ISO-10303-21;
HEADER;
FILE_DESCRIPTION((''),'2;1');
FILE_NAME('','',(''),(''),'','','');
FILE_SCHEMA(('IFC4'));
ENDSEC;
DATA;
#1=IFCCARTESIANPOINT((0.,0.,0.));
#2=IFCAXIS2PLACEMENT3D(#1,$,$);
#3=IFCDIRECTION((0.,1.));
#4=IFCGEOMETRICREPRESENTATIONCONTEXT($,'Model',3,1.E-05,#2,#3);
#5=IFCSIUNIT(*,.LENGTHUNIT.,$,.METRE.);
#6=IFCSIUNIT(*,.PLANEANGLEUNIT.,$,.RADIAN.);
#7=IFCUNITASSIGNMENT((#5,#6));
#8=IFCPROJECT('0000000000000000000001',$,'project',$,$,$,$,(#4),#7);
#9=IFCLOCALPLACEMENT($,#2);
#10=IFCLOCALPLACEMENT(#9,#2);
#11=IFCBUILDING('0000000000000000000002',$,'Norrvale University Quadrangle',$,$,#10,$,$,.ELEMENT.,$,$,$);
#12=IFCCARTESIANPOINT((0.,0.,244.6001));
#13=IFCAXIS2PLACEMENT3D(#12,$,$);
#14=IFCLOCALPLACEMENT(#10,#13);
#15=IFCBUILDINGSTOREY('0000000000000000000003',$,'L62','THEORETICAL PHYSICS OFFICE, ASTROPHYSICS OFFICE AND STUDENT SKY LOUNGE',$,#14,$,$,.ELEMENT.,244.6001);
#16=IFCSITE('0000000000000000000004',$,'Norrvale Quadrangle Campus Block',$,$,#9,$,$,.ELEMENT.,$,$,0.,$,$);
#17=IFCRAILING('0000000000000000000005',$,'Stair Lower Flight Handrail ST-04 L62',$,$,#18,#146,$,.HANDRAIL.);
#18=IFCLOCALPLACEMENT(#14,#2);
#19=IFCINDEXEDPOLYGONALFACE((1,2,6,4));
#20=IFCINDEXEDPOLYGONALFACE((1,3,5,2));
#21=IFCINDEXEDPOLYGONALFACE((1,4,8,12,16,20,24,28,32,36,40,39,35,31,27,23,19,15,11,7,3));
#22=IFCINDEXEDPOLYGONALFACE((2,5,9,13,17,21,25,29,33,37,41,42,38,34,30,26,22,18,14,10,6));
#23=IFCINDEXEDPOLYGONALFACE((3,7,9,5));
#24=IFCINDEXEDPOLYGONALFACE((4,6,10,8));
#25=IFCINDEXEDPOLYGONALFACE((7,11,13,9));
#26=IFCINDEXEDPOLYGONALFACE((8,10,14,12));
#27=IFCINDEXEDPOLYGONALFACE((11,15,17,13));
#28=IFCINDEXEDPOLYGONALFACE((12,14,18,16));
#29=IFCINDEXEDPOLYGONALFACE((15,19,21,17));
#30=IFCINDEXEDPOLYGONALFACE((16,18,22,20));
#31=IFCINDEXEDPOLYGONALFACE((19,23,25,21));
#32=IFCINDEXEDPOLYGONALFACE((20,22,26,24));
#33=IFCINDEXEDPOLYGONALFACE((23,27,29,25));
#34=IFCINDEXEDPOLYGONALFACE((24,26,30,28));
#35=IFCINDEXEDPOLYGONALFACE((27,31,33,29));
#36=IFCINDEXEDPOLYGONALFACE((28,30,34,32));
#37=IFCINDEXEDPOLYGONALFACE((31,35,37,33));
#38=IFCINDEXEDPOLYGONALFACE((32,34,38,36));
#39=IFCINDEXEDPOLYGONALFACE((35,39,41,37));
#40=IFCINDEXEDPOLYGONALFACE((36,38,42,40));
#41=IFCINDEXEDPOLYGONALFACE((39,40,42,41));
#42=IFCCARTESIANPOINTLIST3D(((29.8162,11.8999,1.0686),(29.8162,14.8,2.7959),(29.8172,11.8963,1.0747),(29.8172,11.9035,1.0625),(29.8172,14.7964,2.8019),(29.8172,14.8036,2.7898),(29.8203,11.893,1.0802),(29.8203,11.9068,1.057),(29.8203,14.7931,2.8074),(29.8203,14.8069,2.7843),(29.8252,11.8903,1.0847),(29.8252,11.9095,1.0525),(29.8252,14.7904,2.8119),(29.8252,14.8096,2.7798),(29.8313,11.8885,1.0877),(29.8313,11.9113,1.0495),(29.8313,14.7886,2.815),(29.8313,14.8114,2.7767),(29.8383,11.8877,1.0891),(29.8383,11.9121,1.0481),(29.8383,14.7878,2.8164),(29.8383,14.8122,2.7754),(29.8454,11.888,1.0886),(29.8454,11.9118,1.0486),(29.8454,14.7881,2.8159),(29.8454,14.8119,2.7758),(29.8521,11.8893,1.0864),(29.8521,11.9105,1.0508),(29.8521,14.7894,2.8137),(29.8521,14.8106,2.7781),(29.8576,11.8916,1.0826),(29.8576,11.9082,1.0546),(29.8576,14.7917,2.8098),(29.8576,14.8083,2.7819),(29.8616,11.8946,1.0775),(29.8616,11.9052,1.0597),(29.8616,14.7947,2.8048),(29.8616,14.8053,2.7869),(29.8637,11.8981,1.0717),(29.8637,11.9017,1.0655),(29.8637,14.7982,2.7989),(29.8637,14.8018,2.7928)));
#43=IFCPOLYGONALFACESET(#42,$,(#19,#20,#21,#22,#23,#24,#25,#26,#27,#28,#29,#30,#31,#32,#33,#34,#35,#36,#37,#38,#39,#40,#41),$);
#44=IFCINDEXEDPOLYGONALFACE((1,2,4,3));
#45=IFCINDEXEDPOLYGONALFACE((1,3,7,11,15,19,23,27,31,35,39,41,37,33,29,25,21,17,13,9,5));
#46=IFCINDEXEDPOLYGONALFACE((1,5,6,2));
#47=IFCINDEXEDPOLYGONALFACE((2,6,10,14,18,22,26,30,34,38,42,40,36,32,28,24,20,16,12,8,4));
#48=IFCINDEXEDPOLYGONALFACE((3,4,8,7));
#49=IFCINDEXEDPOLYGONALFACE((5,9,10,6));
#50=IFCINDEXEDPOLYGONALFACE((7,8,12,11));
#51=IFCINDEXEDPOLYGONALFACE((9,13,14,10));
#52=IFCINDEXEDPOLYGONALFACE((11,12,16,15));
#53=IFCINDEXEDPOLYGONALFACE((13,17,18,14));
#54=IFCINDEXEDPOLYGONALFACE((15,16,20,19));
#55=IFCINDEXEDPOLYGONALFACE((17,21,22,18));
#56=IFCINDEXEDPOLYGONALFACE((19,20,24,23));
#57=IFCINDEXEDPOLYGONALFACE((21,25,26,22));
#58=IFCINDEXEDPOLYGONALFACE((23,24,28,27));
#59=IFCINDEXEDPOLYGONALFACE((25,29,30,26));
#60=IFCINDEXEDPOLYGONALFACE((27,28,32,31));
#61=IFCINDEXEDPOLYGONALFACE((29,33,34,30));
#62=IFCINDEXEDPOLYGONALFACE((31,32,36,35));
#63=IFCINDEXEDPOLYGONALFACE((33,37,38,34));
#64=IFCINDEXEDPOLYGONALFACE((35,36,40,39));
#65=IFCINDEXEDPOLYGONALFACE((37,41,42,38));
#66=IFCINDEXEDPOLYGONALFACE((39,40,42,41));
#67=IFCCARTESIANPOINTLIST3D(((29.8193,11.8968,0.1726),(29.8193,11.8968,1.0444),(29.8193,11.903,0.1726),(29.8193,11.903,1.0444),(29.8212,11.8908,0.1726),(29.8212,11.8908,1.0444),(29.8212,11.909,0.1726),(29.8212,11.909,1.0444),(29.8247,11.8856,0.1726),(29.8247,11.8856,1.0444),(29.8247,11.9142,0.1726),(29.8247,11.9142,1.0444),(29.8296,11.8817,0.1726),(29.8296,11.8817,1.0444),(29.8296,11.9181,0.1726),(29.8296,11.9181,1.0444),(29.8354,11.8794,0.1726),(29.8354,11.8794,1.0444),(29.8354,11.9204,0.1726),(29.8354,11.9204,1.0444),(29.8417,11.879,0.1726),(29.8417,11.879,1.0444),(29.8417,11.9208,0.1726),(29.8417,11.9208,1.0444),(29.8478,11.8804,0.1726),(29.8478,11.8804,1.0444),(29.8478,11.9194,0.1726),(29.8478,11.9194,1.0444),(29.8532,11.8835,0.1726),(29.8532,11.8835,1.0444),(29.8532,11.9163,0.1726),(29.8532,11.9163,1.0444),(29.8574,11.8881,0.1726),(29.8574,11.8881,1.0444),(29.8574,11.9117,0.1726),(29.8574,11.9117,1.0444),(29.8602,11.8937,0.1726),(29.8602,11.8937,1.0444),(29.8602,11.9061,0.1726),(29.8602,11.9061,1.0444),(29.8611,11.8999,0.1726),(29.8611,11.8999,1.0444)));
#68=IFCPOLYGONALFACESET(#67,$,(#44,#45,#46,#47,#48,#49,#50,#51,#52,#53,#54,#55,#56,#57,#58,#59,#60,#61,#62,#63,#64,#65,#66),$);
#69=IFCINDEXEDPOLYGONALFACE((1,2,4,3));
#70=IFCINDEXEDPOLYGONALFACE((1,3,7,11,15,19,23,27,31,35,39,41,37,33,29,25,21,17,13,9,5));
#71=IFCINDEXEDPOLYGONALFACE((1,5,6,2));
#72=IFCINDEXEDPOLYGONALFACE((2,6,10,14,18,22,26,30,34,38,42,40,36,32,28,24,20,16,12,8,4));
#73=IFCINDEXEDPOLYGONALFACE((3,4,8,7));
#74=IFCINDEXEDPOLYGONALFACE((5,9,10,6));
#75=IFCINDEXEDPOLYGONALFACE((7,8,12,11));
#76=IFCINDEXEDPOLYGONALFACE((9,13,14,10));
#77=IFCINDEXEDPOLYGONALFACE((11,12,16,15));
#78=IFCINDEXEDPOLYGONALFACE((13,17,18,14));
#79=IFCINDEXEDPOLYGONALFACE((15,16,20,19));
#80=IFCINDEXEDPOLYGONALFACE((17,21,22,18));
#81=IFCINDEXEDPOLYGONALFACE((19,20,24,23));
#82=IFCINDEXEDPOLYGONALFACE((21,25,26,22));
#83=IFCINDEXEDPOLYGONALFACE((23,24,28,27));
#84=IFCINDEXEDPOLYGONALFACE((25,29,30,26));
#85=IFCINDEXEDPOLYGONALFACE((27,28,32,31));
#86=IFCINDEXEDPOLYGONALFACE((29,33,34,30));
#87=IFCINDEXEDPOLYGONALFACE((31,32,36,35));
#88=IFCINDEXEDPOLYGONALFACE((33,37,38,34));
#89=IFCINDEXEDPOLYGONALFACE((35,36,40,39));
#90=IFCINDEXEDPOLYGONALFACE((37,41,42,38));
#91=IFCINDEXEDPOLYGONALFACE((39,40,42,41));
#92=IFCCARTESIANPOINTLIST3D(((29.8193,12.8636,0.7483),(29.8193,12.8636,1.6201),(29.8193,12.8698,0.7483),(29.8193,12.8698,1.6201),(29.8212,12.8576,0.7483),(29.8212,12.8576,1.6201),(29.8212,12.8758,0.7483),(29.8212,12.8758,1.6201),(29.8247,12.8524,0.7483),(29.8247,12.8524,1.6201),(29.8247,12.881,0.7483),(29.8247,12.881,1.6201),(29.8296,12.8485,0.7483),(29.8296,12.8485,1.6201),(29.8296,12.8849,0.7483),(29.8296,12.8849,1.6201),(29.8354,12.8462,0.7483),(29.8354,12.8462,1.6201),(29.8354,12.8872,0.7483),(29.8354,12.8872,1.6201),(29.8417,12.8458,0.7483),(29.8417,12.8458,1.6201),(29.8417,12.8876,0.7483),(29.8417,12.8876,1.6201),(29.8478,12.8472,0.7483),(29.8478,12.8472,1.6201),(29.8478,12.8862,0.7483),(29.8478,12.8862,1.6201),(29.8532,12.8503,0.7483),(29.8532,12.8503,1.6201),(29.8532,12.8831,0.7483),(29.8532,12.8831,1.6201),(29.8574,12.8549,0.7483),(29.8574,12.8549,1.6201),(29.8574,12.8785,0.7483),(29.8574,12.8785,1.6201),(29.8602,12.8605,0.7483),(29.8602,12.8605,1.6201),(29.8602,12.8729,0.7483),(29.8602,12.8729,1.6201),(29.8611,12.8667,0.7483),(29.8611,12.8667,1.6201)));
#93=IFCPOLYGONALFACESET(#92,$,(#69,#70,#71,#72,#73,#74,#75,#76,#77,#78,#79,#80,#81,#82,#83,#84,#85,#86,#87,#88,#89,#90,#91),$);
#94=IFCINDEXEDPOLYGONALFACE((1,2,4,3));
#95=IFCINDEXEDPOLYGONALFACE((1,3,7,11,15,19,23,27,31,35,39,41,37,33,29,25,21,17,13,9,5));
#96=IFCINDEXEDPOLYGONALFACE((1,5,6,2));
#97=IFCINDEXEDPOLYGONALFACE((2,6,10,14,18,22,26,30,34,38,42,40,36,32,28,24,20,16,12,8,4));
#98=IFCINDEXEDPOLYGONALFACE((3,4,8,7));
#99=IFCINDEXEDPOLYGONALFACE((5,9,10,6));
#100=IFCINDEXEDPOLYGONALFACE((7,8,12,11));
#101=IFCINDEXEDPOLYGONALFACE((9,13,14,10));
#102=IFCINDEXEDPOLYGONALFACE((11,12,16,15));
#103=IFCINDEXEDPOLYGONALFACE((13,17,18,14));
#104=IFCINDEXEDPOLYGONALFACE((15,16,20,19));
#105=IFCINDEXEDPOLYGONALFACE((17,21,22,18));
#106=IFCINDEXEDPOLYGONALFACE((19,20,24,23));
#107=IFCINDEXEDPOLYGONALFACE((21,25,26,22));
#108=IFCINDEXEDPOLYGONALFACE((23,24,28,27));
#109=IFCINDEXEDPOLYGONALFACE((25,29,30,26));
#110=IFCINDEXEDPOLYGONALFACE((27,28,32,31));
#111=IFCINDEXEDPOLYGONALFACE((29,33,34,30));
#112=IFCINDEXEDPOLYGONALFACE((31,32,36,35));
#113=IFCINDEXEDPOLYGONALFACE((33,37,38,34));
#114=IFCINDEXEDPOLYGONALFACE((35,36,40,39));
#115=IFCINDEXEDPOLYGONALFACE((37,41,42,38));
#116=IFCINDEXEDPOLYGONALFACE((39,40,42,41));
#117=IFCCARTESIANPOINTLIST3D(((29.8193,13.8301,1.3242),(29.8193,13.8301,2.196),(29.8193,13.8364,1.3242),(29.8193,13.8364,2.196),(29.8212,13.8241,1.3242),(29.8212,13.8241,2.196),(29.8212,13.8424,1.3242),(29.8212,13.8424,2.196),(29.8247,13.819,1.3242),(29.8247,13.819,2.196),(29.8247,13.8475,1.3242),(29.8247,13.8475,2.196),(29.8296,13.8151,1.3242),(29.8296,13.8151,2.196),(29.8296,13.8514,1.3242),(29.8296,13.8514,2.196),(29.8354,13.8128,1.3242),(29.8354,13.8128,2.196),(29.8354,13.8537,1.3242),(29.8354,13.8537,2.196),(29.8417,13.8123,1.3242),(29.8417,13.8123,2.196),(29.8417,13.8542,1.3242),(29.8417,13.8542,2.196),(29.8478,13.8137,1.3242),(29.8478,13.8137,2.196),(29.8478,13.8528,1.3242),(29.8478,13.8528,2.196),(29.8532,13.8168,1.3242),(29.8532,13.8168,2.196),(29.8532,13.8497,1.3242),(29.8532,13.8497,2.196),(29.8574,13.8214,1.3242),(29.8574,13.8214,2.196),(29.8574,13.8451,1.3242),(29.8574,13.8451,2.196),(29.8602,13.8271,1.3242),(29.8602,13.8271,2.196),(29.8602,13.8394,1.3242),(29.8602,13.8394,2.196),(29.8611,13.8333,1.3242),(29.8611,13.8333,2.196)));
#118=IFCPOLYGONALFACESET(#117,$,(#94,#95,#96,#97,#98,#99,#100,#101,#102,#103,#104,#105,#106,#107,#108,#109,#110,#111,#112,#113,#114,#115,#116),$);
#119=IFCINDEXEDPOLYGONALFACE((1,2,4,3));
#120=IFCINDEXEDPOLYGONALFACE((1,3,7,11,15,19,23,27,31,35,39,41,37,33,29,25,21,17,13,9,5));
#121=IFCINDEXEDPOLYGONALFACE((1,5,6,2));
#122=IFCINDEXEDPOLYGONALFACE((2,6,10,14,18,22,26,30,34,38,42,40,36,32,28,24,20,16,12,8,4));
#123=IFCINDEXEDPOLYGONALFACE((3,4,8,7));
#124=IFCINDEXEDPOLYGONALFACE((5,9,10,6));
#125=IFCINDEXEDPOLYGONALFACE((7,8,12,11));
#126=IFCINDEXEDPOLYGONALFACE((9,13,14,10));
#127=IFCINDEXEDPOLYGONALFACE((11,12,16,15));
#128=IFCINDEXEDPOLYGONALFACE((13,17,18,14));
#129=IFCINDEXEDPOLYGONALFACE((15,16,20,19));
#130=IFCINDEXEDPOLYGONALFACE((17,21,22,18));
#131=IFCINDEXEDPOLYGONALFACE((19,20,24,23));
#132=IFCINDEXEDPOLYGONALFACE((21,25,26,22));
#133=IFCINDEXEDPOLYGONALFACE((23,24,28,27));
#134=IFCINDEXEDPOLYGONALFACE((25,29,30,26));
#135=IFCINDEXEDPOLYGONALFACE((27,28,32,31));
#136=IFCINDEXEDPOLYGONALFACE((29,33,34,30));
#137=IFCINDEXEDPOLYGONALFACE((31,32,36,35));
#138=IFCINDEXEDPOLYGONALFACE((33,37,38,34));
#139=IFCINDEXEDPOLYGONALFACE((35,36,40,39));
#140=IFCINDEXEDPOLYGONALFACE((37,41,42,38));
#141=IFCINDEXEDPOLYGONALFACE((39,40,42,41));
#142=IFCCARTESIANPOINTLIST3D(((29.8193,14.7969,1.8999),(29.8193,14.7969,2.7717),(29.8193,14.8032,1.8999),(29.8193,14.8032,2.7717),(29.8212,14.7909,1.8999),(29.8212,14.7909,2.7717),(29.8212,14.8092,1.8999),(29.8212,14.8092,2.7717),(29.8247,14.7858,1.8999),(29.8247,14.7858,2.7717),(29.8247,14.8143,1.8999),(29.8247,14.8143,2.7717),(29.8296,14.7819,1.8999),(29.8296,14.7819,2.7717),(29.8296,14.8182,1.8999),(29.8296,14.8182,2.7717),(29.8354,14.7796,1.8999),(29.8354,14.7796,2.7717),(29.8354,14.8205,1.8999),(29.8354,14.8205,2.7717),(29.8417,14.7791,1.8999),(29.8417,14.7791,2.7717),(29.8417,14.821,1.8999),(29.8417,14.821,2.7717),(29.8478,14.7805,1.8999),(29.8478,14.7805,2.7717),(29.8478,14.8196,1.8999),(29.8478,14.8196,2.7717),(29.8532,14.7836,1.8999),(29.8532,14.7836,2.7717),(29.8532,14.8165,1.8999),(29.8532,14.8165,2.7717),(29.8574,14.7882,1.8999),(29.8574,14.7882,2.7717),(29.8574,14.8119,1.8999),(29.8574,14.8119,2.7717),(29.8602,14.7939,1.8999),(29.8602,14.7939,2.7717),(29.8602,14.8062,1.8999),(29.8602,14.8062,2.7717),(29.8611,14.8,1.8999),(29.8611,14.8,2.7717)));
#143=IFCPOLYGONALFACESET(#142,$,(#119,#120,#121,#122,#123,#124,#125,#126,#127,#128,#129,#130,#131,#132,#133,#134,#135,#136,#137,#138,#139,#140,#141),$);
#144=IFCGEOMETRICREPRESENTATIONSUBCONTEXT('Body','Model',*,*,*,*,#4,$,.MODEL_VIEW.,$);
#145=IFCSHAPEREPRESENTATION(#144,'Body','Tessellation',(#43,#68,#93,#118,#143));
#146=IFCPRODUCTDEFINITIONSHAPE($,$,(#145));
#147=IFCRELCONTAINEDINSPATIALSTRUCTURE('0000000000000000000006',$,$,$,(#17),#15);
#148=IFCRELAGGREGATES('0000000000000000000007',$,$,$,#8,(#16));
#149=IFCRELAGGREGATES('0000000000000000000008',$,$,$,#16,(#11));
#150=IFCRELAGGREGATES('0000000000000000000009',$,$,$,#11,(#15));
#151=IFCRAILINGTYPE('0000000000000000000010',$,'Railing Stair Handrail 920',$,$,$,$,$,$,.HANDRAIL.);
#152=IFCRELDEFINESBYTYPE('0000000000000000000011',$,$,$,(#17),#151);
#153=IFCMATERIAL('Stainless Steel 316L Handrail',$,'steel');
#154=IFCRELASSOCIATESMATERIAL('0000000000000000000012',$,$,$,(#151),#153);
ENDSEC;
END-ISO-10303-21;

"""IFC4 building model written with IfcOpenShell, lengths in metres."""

from ifc_helpers import new_model, si_unit, direction, frame, origin, origin_2d, place, context, subcontext, project, spatial, circle, extrude, material, type_object, element, save


model = new_model("IFC4")

# Units and contexts
model_context = context("Model", 3, precision=1e-05, world=origin(), true_north=direction((0.0, 1.0)))
body_context = subcontext(model_context, "Body", "Model", "MODEL_VIEW")
ifc_project = project(units=[si_unit("LENGTHUNIT", "METRE"), si_unit("PLANEANGLEUNIT", "RADIAN")], contexts=[model_context])

# Site, building, storey
site_placement = place(None, origin())
site = spatial("IfcSite", under=ifc_project, at=site_placement, Name="Norrvale Quadrangle Campus Block", CompositionType="ELEMENT", RefElevation=0.0)
building_placement = place(site_placement, origin())
building = spatial("IfcBuilding", under=site, at=building_placement, Name="Norrvale University Quadrangle", CompositionType="ELEMENT")
storey_placement = place(building_placement, frame((0.0, 0.0, 244.6001)))
storey = spatial("IfcBuildingStorey", under=building, at=storey_placement, Name="L62", Description="THEORETICAL PHYSICS OFFICE, ASTROPHYSICS OFFICE AND STUDENT SKY LOUNGE", CompositionType="ELEMENT", Elevation=244.6001)

# Railing
ifc_material_1 = material(Name="Stainless Steel 316L Handrail", Category="steel")
railing_type = type_object("IfcRailingType", Name="Railing Stair Handrail 920", PredefinedType="HANDRAIL", material=ifc_material_1)
railing_placement = place(storey_placement, frame((29.8401, 11.8999, 0.1726)))
element("IfcRailing", 1, at=railing_placement, inside=storey, type_object=railing_type, Name="Stair Lower Flight Handrail ST-04 L62", PredefinedType="HANDRAIL", context=body_context, shape_type="SweptSolid", body=[
    extrude(circle(Radius=0.0239, at=origin_2d()), frame((0.0, 0.0, 0.896), z_axis=(0.0, 0.85916, 0.511706), x_axis=(-1.0, 0.0, 0.0)), (0.0, 0.0, 1.0), 3.3755),
    extrude(circle(Radius=0.021, at=origin_2d()), origin(), (0.0, 0.0, 1.0), 0.8718),
    extrude(circle(Radius=0.021, at=origin_2d()), frame((0.0, 0.9668, 0.5757)), (0.0, 0.0, 1.0), 0.8718),
    extrude(circle(Radius=0.021, at=origin_2d()), frame((0.0, 1.9333, 1.1516)), (0.0, 0.0, 1.0), 0.8718),
    extrude(circle(Radius=0.021, at=origin_2d()), frame((0.0, 2.9001, 1.7273)), (0.0, 0.0, 1.0), 0.8718),
])

save(model, "model.ifc")
